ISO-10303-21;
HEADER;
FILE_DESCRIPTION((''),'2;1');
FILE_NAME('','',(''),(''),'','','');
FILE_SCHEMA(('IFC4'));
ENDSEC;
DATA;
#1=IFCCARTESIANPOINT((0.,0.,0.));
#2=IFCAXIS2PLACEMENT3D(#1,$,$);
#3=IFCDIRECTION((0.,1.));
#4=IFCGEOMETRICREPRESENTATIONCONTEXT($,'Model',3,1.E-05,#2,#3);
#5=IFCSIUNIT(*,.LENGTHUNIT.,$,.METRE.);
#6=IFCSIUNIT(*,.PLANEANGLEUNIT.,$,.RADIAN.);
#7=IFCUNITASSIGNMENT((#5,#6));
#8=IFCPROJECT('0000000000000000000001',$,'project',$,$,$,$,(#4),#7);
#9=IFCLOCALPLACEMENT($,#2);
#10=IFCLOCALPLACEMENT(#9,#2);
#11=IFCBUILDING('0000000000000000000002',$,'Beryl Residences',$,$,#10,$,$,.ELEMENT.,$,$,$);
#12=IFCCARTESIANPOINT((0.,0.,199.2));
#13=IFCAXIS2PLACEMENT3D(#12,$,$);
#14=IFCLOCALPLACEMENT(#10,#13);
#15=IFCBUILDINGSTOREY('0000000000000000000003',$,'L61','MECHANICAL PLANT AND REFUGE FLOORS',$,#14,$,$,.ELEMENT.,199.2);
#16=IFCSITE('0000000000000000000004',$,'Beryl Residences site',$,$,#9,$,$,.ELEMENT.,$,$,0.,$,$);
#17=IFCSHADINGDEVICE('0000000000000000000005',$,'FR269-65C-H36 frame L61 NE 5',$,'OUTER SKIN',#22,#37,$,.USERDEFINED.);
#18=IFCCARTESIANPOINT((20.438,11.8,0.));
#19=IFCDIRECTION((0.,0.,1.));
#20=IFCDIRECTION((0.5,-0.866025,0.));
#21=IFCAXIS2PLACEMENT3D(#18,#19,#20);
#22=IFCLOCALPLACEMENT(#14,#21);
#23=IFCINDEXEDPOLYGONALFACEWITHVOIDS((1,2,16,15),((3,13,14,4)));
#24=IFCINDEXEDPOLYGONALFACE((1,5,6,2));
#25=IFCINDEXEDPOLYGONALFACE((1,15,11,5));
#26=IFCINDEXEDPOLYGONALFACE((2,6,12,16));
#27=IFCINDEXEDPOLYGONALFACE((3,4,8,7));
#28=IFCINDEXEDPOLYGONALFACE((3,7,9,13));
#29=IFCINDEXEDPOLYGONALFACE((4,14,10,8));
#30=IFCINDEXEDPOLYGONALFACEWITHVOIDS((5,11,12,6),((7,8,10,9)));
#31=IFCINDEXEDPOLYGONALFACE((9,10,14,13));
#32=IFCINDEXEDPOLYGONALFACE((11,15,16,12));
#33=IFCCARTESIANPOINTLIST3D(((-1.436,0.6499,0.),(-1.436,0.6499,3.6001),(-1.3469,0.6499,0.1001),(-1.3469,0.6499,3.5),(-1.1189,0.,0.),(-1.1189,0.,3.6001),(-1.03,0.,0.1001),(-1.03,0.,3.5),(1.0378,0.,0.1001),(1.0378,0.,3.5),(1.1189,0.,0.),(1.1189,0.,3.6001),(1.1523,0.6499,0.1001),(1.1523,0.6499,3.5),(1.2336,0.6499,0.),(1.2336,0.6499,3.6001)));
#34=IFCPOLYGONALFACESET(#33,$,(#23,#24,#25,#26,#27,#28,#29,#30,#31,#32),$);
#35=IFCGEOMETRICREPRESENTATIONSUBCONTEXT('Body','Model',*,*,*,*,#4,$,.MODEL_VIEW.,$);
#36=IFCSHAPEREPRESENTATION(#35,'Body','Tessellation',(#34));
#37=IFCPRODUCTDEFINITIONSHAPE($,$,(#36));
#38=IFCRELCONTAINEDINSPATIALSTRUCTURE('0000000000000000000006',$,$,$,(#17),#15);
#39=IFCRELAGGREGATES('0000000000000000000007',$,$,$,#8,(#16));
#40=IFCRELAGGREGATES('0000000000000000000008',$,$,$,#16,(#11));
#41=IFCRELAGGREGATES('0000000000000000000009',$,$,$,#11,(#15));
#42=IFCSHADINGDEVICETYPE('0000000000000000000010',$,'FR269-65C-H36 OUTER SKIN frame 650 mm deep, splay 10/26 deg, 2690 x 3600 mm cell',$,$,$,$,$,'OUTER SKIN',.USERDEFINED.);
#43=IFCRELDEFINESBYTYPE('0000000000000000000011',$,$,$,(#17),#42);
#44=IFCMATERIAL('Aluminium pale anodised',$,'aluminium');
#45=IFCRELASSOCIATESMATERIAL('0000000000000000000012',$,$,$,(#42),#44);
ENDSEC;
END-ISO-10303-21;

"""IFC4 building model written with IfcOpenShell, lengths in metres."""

from ifc_helpers import new_model, entity, si_unit, direction, frame, origin, place, context, subcontext, project, spatial, source, transform, mapped, material, type_object, type_shapes, element, save


model = new_model("IFC4")

# Units and contexts
model_context = context("Model", 3, precision=1e-05, world=origin(), true_north=direction((0.0, 1.0)))
body_context = subcontext(model_context, "Body", "Model", "MODEL_VIEW")
ifc_project = project(units=[si_unit("LENGTHUNIT", "METRE"), si_unit("PLANEANGLEUNIT", "RADIAN")], contexts=[model_context])

# Site, building, storey
site_placement = place(None, origin())
site = spatial("IfcSite", under=ifc_project, at=site_placement, Name="Beryl Residences site", CompositionType="ELEMENT", RefElevation=0.0)
building_placement = place(site_placement, origin())
building = spatial("IfcBuilding", under=site, at=building_placement, Name="Beryl Residences", CompositionType="ELEMENT")
storey_placement = place(building_placement, frame((0.0, 0.0, 199.2)))
storey = spatial("IfcBuildingStorey", under=building, at=storey_placement, Name="L61", Description="MECHANICAL PLANT AND REFUGE FLOORS", CompositionType="ELEMENT", Elevation=199.2)

# Shading device
ifc_material_1 = material(Name="Aluminium pale anodised", Category="aluminium")
shading_device_type = type_object("IfcShadingDeviceType", Name="FR269-65C-H36 OUTER SKIN frame 650 mm deep, splay 10/26 deg, 2690 x 3600 mm cell", ElementType="OUTER SKIN", PredefinedType="USERDEFINED", material=ifc_material_1)
cartesian_point_1 = entity("IfcCartesianPoint", [-1.1189, 0.0])
cartesian_point_2 = entity("IfcCartesianPoint", [-1.0378, 0.1001])
cartesian_point_3 = entity("IfcCartesianPoint", [-1.2336, 0.0])
cartesian_point_4 = entity("IfcCartesianPoint", [-1.1523, 0.1001])
shared_shape = source(origin(), body_context, "Body", "SweptSolid", [
    entity("IfcExtrudedAreaSolidTapered", entity("IfcArbitraryProfileDefWithVoids", "AREA", None, entity("IfcPolyline", [cartesian_point_1, entity("IfcCartesianPoint", [1.1189, 0.0]), entity("IfcCartesianPoint", [1.1189, 3.6001]), entity("IfcCartesianPoint", [-1.1189, 3.6001]), cartesian_point_1]), [entity("IfcPolyline", [cartesian_point_2, entity("IfcCartesianPoint", [1.03, 0.1001]), entity("IfcCartesianPoint", [1.03, 3.5]), entity("IfcCartesianPoint", [-1.0378, 3.5]), cartesian_point_2])]), entity("IfcAxis2Placement3D", entity("IfcCartesianPoint", [0.0, 0.0, 0.0]), entity("IfcDirection", [0.0, 1.0, 0.0]), entity("IfcDirection", [-1.0, 0.0, 0.0])), entity("IfcDirection", [0.0, 0.0, 1.0]), 0.6499, entity("IfcArbitraryProfileDefWithVoids", "AREA", None, entity("IfcPolyline", [cartesian_point_3, entity("IfcCartesianPoint", [1.436, 0.0]), entity("IfcCartesianPoint", [1.436, 3.6001]), entity("IfcCartesianPoint", [-1.2336, 3.6001]), cartesian_point_3]), [entity("IfcPolyline", [cartesian_point_4, entity("IfcCartesianPoint", [1.3469, 0.1001]), entity("IfcCartesianPoint", [1.3469, 3.5]), entity("IfcCartesianPoint", [-1.1523, 3.5]), cartesian_point_4])])),
])
type_shapes(shading_device_type, [shared_shape])
shading_device_placement = place(storey_placement, frame((20.438, 11.8, 0.0), z_axis=(0.0, 0.0, 1.0), x_axis=(0.5, -0.866025, 0.0)))
element("IfcShadingDevice", 1, at=shading_device_placement, inside=storey, type_object=shading_device_type, Name="FR269-65C-H36 frame L61 NE 5", ObjectType="OUTER SKIN", PredefinedType="USERDEFINED", context=body_context, shape_type="MappedRepresentation", body=[
    mapped(shared_shape, transform((0.0, 0.0, 0.0))),
])

save(model, "model.ifc")
